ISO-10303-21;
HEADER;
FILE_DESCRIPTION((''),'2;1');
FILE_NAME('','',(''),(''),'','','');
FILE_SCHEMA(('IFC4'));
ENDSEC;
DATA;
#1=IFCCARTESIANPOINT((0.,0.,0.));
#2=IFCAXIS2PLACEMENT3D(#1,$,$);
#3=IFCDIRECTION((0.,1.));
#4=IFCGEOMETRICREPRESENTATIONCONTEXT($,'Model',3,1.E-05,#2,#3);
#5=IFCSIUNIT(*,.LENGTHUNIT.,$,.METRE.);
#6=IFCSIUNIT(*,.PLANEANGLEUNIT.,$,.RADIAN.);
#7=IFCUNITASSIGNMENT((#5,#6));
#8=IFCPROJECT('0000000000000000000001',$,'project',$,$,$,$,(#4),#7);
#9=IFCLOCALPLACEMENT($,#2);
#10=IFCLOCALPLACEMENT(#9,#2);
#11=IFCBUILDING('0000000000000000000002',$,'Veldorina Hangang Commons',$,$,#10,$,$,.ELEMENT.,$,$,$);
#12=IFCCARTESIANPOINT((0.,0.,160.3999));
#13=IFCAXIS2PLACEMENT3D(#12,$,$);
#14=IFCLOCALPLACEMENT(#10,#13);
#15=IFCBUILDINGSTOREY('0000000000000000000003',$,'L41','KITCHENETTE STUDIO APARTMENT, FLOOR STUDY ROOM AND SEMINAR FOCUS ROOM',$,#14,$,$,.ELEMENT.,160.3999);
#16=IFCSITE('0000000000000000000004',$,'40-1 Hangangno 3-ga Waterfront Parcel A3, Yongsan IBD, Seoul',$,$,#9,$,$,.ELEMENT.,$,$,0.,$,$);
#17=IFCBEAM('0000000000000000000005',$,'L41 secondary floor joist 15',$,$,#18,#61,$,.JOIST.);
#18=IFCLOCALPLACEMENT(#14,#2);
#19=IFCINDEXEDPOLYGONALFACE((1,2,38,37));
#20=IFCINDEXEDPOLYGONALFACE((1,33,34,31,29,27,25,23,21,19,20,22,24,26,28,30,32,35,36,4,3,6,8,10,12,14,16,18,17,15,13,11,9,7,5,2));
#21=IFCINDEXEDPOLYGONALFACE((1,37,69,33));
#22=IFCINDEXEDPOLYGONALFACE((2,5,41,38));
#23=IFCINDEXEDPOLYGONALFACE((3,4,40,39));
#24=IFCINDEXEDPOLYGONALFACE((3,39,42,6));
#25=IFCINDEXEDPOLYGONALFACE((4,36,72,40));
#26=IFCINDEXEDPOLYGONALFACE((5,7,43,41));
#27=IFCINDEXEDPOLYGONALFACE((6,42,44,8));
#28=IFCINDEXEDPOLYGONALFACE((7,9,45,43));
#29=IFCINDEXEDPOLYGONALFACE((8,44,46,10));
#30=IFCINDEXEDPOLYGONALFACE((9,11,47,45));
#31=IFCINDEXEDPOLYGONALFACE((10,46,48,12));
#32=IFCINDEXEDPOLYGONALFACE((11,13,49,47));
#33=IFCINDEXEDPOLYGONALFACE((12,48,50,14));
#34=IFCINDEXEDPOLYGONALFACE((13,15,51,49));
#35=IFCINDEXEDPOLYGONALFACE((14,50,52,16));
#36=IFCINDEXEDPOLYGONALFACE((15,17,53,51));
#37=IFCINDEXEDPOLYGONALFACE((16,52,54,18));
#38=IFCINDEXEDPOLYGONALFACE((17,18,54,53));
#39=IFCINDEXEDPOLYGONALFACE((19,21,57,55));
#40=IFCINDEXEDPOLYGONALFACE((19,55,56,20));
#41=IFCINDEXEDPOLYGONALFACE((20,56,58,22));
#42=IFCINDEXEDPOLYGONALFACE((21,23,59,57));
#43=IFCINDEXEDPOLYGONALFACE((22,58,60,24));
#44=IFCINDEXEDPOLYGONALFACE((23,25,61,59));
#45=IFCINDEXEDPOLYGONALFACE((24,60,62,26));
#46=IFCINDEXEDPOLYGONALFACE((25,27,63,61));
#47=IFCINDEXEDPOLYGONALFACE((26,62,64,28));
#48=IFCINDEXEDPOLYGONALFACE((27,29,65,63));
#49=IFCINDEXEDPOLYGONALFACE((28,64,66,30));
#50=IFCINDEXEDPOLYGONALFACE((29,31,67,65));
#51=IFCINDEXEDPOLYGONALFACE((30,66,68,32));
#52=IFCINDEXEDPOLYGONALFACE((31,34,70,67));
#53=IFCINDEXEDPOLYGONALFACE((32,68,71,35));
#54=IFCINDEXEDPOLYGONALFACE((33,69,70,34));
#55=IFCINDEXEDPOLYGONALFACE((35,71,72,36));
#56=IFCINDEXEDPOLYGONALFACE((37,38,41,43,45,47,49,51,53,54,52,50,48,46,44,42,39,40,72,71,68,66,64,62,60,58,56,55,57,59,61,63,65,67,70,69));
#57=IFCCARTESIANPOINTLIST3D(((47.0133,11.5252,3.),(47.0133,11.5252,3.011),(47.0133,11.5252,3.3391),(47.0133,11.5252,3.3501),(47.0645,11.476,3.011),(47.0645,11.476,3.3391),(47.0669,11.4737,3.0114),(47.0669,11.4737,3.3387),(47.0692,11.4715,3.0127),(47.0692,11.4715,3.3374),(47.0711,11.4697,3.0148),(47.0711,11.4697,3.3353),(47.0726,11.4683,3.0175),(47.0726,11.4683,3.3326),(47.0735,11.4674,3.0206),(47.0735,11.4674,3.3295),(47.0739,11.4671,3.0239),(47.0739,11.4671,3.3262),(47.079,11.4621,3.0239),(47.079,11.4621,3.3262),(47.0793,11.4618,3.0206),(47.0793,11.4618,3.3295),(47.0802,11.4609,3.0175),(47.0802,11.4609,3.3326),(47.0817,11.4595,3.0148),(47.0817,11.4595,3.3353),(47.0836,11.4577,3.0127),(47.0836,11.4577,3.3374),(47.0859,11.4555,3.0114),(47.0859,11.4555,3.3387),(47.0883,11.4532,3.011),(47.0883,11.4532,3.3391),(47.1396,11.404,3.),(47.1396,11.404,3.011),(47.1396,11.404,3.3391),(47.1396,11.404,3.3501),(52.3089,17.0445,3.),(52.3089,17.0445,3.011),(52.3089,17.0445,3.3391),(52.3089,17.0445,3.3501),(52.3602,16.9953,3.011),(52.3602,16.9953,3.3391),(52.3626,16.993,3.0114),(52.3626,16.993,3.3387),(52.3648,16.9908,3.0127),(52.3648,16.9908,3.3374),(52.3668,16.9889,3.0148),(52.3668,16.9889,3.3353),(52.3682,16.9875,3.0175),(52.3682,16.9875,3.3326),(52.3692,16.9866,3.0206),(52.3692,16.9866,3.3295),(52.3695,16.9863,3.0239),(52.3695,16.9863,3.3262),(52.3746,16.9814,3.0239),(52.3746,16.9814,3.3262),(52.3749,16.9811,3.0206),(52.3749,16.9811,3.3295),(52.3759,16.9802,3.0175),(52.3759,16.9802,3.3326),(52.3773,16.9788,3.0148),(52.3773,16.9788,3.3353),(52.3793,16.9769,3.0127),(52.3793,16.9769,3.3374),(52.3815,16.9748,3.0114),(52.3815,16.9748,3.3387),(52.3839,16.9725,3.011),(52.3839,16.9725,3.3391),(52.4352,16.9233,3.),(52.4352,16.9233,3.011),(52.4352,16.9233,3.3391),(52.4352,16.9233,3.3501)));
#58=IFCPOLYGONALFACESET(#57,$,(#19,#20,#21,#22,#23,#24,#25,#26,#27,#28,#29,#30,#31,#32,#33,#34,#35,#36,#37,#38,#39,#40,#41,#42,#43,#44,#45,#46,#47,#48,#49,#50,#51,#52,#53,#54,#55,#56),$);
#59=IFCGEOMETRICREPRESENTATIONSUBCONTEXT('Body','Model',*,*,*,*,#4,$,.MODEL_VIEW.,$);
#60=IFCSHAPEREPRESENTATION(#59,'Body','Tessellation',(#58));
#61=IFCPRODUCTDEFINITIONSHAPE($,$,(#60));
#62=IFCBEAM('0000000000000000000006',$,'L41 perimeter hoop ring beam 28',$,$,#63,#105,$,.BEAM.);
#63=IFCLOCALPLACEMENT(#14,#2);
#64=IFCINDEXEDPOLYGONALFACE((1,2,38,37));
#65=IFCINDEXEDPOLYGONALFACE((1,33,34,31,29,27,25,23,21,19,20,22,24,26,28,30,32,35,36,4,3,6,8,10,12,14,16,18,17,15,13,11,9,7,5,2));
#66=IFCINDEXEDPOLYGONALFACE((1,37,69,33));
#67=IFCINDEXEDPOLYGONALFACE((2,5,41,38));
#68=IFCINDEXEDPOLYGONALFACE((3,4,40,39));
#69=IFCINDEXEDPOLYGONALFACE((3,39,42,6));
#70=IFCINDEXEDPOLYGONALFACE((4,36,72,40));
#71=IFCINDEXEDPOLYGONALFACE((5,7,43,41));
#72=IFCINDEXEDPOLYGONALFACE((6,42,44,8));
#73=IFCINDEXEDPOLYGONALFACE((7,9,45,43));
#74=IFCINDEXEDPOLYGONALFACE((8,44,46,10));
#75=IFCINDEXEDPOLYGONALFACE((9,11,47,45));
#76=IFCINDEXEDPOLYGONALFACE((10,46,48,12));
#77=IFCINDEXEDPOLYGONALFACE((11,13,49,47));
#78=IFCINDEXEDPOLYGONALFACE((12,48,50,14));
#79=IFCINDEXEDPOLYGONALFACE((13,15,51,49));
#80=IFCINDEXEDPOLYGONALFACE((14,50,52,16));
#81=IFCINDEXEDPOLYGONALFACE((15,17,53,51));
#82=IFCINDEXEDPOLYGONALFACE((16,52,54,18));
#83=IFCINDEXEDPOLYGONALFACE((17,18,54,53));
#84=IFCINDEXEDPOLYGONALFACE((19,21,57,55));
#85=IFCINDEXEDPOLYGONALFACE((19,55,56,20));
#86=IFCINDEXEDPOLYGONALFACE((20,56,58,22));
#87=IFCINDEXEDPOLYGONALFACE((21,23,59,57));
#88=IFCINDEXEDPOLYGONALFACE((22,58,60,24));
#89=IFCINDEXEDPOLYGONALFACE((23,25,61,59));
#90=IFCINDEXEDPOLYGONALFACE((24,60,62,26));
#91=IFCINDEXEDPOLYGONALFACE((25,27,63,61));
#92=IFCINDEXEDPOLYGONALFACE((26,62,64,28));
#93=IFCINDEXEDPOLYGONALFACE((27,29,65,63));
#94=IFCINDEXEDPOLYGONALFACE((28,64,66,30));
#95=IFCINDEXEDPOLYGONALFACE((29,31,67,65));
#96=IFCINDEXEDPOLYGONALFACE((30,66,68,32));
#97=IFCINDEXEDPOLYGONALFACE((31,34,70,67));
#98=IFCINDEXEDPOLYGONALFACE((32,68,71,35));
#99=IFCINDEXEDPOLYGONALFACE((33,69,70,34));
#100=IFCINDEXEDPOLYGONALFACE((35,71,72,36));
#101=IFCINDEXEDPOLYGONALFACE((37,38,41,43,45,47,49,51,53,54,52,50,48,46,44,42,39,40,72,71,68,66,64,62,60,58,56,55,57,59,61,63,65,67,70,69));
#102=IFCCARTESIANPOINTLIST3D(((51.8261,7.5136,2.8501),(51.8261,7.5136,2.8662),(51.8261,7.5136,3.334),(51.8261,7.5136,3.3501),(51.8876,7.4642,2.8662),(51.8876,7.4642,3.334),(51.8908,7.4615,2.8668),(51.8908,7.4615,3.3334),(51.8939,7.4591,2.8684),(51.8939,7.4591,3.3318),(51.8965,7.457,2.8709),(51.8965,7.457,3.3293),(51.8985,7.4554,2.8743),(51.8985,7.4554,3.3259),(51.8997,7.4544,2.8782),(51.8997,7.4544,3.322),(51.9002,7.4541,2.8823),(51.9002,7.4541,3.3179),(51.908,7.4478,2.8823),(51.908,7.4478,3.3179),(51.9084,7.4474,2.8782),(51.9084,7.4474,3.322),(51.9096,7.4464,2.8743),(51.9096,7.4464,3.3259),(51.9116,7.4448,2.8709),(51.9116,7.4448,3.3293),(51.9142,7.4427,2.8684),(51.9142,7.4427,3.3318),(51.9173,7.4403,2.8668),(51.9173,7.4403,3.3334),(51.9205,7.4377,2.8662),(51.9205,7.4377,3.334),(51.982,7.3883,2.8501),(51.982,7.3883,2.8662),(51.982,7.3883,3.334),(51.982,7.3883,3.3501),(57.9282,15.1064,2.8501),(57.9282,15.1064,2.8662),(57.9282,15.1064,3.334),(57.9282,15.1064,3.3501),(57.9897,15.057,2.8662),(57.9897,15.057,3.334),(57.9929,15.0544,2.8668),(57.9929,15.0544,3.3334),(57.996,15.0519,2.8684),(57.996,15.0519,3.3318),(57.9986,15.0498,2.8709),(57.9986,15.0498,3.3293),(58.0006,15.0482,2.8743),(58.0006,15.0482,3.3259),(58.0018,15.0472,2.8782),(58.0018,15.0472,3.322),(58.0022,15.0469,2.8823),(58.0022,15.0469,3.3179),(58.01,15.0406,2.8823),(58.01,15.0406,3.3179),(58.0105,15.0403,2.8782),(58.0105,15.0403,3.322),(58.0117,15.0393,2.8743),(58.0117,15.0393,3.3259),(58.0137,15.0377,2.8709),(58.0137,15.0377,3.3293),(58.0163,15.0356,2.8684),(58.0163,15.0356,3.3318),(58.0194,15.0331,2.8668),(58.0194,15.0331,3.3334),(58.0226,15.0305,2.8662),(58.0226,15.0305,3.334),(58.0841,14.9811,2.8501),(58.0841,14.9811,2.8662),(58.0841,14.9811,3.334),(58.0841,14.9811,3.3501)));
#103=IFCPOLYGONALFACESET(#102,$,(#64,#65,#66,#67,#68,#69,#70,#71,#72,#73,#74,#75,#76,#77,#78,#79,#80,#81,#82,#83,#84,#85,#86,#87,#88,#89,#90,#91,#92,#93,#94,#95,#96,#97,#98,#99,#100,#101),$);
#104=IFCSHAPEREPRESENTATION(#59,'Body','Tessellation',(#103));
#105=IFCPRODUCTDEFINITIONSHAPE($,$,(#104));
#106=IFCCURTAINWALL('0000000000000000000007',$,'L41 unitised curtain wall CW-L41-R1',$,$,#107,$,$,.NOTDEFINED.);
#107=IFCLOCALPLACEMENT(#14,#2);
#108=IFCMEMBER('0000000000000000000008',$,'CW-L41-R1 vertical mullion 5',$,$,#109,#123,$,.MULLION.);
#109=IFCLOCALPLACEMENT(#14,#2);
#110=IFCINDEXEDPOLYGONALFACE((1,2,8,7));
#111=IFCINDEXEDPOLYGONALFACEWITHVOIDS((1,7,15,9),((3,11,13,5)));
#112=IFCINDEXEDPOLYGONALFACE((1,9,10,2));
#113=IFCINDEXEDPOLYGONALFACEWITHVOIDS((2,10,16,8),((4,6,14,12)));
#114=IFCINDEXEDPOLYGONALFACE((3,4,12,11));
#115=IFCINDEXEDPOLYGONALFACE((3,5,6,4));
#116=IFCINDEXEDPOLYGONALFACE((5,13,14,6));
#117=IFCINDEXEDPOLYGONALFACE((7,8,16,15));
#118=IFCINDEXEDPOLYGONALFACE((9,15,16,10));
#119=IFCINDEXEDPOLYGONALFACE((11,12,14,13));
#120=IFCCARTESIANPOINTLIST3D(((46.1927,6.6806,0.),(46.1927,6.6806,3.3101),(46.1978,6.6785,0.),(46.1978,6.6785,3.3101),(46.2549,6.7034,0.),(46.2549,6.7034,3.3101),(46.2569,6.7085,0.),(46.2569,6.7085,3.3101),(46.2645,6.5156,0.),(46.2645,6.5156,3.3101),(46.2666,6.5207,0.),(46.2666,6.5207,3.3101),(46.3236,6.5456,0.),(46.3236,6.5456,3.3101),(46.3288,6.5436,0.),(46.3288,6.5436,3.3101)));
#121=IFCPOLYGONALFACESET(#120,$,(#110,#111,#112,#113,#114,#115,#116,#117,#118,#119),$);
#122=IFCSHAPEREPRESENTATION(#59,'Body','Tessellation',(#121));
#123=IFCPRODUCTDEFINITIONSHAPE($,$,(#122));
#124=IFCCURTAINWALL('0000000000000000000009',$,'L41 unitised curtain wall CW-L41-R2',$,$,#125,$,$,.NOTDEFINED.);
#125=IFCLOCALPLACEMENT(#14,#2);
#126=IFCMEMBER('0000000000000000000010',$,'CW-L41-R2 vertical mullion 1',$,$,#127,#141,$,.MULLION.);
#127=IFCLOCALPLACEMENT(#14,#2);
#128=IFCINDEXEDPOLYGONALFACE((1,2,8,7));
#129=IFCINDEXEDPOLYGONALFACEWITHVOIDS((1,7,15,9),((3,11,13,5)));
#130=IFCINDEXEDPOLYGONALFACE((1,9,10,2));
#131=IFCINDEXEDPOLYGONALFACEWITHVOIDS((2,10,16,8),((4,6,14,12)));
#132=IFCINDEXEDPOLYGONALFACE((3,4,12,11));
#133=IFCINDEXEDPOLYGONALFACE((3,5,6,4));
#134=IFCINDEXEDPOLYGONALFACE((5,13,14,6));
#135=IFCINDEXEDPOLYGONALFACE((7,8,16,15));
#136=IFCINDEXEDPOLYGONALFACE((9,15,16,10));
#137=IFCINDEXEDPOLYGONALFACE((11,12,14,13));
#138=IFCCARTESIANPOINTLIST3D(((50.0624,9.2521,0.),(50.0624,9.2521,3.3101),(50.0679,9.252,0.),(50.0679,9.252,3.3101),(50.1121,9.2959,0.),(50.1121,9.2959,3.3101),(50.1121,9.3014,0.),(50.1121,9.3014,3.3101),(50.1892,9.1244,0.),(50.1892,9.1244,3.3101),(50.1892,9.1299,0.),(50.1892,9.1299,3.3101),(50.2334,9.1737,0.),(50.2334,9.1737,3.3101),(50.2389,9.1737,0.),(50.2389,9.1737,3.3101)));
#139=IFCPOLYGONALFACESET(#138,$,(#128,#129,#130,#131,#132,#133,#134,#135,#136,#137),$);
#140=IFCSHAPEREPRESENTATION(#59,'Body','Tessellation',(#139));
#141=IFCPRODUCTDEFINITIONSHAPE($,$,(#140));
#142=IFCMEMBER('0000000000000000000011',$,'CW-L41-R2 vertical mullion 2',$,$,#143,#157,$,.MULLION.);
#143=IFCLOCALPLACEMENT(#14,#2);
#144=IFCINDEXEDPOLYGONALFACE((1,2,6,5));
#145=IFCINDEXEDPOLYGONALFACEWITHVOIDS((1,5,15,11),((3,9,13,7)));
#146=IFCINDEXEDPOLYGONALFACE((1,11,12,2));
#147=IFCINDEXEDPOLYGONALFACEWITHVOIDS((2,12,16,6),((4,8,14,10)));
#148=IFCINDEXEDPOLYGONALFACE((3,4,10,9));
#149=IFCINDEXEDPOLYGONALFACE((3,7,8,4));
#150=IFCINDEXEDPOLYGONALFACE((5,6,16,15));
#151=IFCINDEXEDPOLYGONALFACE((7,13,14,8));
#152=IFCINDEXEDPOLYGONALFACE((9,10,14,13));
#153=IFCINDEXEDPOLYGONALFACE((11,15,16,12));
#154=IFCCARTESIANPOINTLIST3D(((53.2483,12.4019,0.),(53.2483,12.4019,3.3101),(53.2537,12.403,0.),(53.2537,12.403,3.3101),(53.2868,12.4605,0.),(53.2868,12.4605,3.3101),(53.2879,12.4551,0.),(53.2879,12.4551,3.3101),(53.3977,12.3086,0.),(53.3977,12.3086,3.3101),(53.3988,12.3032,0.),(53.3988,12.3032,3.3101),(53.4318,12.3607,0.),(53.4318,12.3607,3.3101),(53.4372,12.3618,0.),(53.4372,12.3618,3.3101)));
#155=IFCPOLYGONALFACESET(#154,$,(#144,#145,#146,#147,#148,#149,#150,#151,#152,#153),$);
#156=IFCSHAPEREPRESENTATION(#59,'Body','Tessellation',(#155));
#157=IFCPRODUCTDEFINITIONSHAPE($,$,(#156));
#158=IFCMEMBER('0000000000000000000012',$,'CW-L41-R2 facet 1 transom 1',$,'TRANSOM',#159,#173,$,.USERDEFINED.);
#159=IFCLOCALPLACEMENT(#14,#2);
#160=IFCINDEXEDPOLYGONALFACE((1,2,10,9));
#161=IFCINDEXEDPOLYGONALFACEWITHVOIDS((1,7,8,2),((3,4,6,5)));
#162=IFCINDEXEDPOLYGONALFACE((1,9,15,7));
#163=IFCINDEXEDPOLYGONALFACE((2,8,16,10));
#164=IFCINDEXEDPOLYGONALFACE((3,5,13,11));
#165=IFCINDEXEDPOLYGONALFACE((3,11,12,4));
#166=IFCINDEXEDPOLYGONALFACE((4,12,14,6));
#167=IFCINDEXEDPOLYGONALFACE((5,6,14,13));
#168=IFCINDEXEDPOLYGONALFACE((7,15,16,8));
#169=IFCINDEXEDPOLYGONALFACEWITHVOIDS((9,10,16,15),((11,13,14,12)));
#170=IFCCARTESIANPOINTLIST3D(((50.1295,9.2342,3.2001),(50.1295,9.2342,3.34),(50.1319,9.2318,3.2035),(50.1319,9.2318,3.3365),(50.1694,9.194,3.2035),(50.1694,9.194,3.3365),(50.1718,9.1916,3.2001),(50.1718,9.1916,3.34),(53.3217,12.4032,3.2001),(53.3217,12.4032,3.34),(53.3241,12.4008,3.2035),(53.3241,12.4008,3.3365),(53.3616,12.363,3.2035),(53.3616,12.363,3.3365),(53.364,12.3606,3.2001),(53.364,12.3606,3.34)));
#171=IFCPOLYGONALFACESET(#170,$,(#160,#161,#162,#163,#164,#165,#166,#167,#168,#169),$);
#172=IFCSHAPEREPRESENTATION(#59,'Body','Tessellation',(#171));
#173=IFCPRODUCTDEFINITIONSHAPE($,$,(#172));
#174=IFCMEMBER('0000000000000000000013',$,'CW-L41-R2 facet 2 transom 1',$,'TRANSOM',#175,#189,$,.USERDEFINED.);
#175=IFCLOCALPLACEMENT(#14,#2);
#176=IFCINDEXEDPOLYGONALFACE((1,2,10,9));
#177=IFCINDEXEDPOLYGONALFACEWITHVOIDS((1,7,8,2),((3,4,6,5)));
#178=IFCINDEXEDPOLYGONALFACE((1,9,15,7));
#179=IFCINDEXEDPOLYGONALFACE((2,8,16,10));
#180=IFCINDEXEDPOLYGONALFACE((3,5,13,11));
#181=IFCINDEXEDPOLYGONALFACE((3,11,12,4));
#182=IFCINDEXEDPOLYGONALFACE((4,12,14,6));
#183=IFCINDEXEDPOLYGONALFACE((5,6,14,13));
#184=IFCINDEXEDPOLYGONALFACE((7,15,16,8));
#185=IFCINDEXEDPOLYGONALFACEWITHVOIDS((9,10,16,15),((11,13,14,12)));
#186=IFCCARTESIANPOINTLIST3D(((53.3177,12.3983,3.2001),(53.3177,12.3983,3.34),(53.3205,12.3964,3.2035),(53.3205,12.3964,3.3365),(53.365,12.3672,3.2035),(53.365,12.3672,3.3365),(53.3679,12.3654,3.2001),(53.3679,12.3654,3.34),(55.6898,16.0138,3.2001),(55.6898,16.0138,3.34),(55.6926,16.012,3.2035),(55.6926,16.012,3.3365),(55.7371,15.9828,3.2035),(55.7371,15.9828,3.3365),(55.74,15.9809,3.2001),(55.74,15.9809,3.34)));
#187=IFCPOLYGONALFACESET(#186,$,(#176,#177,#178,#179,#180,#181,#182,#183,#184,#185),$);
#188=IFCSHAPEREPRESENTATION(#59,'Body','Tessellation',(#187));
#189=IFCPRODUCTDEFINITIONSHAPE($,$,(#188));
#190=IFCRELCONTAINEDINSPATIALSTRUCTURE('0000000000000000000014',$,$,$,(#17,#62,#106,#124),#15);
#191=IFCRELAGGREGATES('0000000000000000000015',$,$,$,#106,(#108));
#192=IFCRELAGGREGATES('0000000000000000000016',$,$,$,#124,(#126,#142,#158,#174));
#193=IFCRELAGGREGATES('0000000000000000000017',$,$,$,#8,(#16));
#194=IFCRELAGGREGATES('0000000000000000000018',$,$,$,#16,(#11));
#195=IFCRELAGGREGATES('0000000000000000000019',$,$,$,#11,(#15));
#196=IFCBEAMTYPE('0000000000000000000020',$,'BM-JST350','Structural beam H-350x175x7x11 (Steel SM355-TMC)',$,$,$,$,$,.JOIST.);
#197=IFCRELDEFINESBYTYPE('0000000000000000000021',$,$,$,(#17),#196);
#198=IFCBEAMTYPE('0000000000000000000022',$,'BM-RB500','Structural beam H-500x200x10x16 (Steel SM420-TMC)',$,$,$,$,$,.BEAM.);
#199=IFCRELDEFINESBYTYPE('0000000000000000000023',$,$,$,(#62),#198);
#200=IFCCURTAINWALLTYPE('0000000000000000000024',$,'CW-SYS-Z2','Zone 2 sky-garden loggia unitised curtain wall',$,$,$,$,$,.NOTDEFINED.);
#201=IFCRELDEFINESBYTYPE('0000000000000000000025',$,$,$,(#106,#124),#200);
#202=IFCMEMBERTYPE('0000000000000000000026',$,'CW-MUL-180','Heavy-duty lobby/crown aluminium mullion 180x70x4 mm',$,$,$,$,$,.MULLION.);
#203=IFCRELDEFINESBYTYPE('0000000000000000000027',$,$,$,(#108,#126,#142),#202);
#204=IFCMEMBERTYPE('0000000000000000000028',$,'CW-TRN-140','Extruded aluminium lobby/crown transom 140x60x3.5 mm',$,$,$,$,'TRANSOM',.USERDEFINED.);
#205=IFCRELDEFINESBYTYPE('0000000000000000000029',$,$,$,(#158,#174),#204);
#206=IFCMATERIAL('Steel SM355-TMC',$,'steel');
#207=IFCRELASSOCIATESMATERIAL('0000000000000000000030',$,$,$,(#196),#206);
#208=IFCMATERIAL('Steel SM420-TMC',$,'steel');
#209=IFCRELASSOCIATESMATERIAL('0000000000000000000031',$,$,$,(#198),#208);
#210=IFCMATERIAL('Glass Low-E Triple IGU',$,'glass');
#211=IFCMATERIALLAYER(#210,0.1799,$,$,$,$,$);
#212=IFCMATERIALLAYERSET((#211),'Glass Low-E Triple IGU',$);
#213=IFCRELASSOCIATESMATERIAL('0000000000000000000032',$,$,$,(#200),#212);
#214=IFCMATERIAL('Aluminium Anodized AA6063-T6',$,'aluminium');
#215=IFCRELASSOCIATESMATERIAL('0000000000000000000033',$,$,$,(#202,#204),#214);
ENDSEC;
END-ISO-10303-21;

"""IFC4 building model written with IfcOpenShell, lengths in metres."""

from ifc_helpers import new_model, si_unit, direction, frame, origin, origin_2d, place, context, subcontext, project, spatial, hollow_rectangle, i_section, extrude, material, layer, layer_set, material_profile, profile_set, type_object, element, aggregate, save


model = new_model("IFC4")

# Units and contexts
model_context = context("Model", 3, precision=1e-05, world=origin(), true_north=direction((0.0, 1.0)))
body_context = subcontext(model_context, "Body", "Model", "MODEL_VIEW")
ifc_project = project(units=[si_unit("LENGTHUNIT", "METRE"), si_unit("PLANEANGLEUNIT", "RADIAN")], contexts=[model_context])

# Site, building, storey
site_placement = place(None, origin())
site = spatial("IfcSite", under=ifc_project, at=site_placement, Name="40-1 Hangangno 3-ga Waterfront Parcel A3, Yongsan IBD, Seoul", CompositionType="ELEMENT", RefElevation=0.0)
building_placement = place(site_placement, origin())
building = spatial("IfcBuilding", under=site, at=building_placement, Name="Veldorina Hangang Commons", CompositionType="ELEMENT")
storey_placement = place(building_placement, frame((0.0, 0.0, 160.3999)))
storey = spatial("IfcBuildingStorey", under=building, at=storey_placement, Name="L41", Description="KITCHENETTE STUDIO APARTMENT, FLOOR STUDY ROOM AND SEMINAR FOCUS ROOM", CompositionType="ELEMENT", Elevation=160.3999)

# Beams
ifc_material_1 = material(Name="Steel SM355-TMC", Category="steel")
ifc_material_profile_1 = material_profile(ifc_material_1, i_section(OverallWidth=0.175, OverallDepth=0.3501, WebThickness=0.0071, FlangeThickness=0.011, FilletRadius=0.0129, at=origin_2d()), Name="H-350x175x7x11")
ifc_profile_set_1 = profile_set([ifc_material_profile_1], Name="Steel SM355-TMC")
beam_type_1 = type_object("IfcBeamType", Name="BM-JST350", Description="Structural beam H-350x175x7x11 (Steel SM355-TMC)", PredefinedType="JOIST", material=ifc_profile_set_1)
beam_1_placement = place(storey_placement, frame((47.0764, 11.4646, 3.175), z_axis=(0.692337, 0.721574, 0.0), x_axis=(-0.721574, 0.692337, 0.0)))
element("IfcBeam", 1, at=beam_1_placement, inside=storey, type_object=beam_type_1, Name="L41 secondary floor joist 15", PredefinedType="JOIST", context=body_context, shape_type="SweptSolid", body=[
    extrude(i_section(OverallWidth=0.175, OverallDepth=0.3501, WebThickness=0.0071, FlangeThickness=0.011, FilletRadius=0.0129, at=origin_2d()), origin(), (0.0, 0.0, 1.0), 7.6489),
])
ifc_material_2 = material(Name="Steel SM420-TMC", Category="steel")
ifc_material_profile_2 = material_profile(ifc_material_2, i_section(OverallWidth=0.2, OverallDepth=0.5, WebThickness=0.01, FlangeThickness=0.0161, FilletRadius=0.0161, at=origin_2d()), Name="H-500x200x10x16")
ifc_profile_set_2 = profile_set([ifc_material_profile_2], Name="Steel SM420-TMC")
beam_type_2 = type_object("IfcBeamType", Name="BM-RB500", Description="Structural beam H-500x200x10x16 (Steel SM420-TMC)", PredefinedType="BEAM", material=ifc_profile_set_2)
beam_2_placement = place(storey_placement, frame((51.9041, 7.4509, 3.1001), z_axis=(0.626436, 0.779473, 0.0), x_axis=(-0.779473, 0.626436, 0.0)))
element("IfcBeam", 2, at=beam_2_placement, inside=storey, type_object=beam_type_2, Name="L41 perimeter hoop ring beam 28", PredefinedType="BEAM", context=body_context, shape_type="SweptSolid", body=[
    extrude(i_section(OverallWidth=0.2, OverallDepth=0.5, WebThickness=0.01, FlangeThickness=0.0161, FilletRadius=0.0161, at=origin_2d()), origin(), (0.0, 0.0, 1.0), 9.741),
])

# Curtain wall, member
ifc_material_3 = material(Name="Glass Low-E Triple IGU", Category="glass")
ifc_layer_1 = layer(ifc_material_3, 0.1799)
ifc_layer_set_1 = layer_set([ifc_layer_1], Name="Glass Low-E Triple IGU")
curtain_wall_type = type_object("IfcCurtainWallType", Name="CW-SYS-Z2", Description="Zone 2 sky-garden loggia unitised curtain wall", PredefinedType="NOTDEFINED", material=ifc_layer_set_1)
curtain_wall_1_placement = place(storey_placement, origin())
curtain_wall_1 = element("IfcCurtainWall", 3, at=curtain_wall_1_placement, inside=storey, type_object=curtain_wall_type, Name="L41 unitised curtain wall CW-L41-R1", PredefinedType="NOTDEFINED")
ifc_material_4 = material(Name="Aluminium Anodized AA6063-T6", Category="aluminium")
ifc_material_profile_3 = material_profile(ifc_material_4, hollow_rectangle(XDim=0.0701, YDim=0.1799, WallThickness=0.0039, at=origin_2d()), Name="ALU-RHS-180x70x4")
ifc_profile_set_3 = profile_set([ifc_material_profile_3], Name="Aluminium Anodized AA6063-T6")
member_type_1 = type_object("IfcMemberType", Name="CW-MUL-180", Description="Heavy-duty lobby/crown aluminium mullion 180x70x4 mm", PredefinedType="MULLION", material=ifc_profile_set_3)
member_1_placement = place(storey_placement, frame((46.2607, 6.6121, 0.0), z_axis=(0.0, 0.0, 1.0), x_axis=(-0.916844, -0.399245, 0.0)))
member_1 = element("IfcMember", 4, at=member_1_placement, type_object=member_type_1, Name="CW-L41-R1 vertical mullion 5", PredefinedType="MULLION", context=body_context, shape_type="SweptSolid", body=[
    extrude(hollow_rectangle(XDim=0.0701, YDim=0.1799, WallThickness=0.0039, at=origin_2d()), origin(), (0.0, 0.0, 1.0), 3.3101),
])

# Curtain wall, members
curtain_wall_2_placement = place(storey_placement, origin())
curtain_wall_2 = element("IfcCurtainWall", 5, at=curtain_wall_2_placement, inside=storey, type_object=curtain_wall_type, Name="L41 unitised curtain wall CW-L41-R2", PredefinedType="NOTDEFINED")
member_2_placement = place(storey_placement, frame((50.1506, 9.2129, 0.0), z_axis=(0.0, 0.0, 1.0), x_axis=(0.709681, 0.704523, 0.0)))
member_2 = element("IfcMember", 6, at=member_2_placement, type_object=member_type_1, Name="CW-L41-R2 vertical mullion 1", PredefinedType="MULLION", context=body_context, shape_type="SweptSolid", body=[
    extrude(hollow_rectangle(XDim=0.0701, YDim=0.1799, WallThickness=0.0039, at=origin_2d()), origin(), (0.0, 0.0, 1.0), 3.3101),
])
member_3_placement = place(storey_placement, frame((53.3428, 12.3818, 0.0), z_axis=(0.0, 0.0, 1.0), x_axis=(0.548571, 0.836104, 0.0)))
member_3 = element("IfcMember", 7, at=member_3_placement, type_object=member_type_1, Name="CW-L41-R2 vertical mullion 2", PredefinedType="MULLION", context=body_context, shape_type="SweptSolid", body=[
    extrude(hollow_rectangle(XDim=0.0701, YDim=0.1799, WallThickness=0.0039, at=origin_2d()), origin(), (0.0, 0.0, 1.0), 3.3101),
])
ifc_material_profile_4 = material_profile(ifc_material_4, hollow_rectangle(XDim=0.0601, YDim=0.1399, WallThickness=0.0034, at=origin_2d()), Name="ALU-RHS-140x60x3.5")
ifc_profile_set_4 = profile_set([ifc_material_profile_4], Name="Aluminium Anodized AA6063-T6")
member_type_2 = type_object("IfcMemberType", Name="CW-TRN-140", Description="Extruded aluminium lobby/crown transom 140x60x3.5 mm", ElementType="TRANSOM", PredefinedType="USERDEFINED", material=ifc_profile_set_4)
member_4_placement = place(storey_placement, frame((50.1506, 9.2129, 3.27), z_axis=(0.70968, 0.704524, 0.0), x_axis=(-0.704524, 0.70968, 0.0)))
member_4 = element("IfcMember", 8, at=member_4_placement, type_object=member_type_2, Name="CW-L41-R2 facet 1 transom 1", ObjectType="TRANSOM", PredefinedType="USERDEFINED", context=body_context, shape_type="SweptSolid", body=[
    extrude(hollow_rectangle(XDim=0.0601, YDim=0.1399, WallThickness=0.0034, at=origin_2d()), origin(), (0.0, 0.0, 1.0), 4.498),
])
member_5_placement = place(storey_placement, frame((53.3428, 12.3818, 3.27), z_axis=(0.548561, 0.83611, 0.0), x_axis=(-0.83611, 0.548561, 0.0)))
member_5 = element("IfcMember", 9, at=member_5_placement, type_object=member_type_2, Name="CW-L41-R2 facet 2 transom 1", ObjectType="TRANSOM", PredefinedType="USERDEFINED", context=body_context, shape_type="SweptSolid", body=[
    extrude(hollow_rectangle(XDim=0.0601, YDim=0.1399, WallThickness=0.0034, at=origin_2d()), origin(), (0.0, 0.0, 1.0), 4.3242),
])

aggregate(curtain_wall_1, [member_1])
aggregate(curtain_wall_2, [member_2, member_3, member_4, member_5])

save(model, "model.ifc")
